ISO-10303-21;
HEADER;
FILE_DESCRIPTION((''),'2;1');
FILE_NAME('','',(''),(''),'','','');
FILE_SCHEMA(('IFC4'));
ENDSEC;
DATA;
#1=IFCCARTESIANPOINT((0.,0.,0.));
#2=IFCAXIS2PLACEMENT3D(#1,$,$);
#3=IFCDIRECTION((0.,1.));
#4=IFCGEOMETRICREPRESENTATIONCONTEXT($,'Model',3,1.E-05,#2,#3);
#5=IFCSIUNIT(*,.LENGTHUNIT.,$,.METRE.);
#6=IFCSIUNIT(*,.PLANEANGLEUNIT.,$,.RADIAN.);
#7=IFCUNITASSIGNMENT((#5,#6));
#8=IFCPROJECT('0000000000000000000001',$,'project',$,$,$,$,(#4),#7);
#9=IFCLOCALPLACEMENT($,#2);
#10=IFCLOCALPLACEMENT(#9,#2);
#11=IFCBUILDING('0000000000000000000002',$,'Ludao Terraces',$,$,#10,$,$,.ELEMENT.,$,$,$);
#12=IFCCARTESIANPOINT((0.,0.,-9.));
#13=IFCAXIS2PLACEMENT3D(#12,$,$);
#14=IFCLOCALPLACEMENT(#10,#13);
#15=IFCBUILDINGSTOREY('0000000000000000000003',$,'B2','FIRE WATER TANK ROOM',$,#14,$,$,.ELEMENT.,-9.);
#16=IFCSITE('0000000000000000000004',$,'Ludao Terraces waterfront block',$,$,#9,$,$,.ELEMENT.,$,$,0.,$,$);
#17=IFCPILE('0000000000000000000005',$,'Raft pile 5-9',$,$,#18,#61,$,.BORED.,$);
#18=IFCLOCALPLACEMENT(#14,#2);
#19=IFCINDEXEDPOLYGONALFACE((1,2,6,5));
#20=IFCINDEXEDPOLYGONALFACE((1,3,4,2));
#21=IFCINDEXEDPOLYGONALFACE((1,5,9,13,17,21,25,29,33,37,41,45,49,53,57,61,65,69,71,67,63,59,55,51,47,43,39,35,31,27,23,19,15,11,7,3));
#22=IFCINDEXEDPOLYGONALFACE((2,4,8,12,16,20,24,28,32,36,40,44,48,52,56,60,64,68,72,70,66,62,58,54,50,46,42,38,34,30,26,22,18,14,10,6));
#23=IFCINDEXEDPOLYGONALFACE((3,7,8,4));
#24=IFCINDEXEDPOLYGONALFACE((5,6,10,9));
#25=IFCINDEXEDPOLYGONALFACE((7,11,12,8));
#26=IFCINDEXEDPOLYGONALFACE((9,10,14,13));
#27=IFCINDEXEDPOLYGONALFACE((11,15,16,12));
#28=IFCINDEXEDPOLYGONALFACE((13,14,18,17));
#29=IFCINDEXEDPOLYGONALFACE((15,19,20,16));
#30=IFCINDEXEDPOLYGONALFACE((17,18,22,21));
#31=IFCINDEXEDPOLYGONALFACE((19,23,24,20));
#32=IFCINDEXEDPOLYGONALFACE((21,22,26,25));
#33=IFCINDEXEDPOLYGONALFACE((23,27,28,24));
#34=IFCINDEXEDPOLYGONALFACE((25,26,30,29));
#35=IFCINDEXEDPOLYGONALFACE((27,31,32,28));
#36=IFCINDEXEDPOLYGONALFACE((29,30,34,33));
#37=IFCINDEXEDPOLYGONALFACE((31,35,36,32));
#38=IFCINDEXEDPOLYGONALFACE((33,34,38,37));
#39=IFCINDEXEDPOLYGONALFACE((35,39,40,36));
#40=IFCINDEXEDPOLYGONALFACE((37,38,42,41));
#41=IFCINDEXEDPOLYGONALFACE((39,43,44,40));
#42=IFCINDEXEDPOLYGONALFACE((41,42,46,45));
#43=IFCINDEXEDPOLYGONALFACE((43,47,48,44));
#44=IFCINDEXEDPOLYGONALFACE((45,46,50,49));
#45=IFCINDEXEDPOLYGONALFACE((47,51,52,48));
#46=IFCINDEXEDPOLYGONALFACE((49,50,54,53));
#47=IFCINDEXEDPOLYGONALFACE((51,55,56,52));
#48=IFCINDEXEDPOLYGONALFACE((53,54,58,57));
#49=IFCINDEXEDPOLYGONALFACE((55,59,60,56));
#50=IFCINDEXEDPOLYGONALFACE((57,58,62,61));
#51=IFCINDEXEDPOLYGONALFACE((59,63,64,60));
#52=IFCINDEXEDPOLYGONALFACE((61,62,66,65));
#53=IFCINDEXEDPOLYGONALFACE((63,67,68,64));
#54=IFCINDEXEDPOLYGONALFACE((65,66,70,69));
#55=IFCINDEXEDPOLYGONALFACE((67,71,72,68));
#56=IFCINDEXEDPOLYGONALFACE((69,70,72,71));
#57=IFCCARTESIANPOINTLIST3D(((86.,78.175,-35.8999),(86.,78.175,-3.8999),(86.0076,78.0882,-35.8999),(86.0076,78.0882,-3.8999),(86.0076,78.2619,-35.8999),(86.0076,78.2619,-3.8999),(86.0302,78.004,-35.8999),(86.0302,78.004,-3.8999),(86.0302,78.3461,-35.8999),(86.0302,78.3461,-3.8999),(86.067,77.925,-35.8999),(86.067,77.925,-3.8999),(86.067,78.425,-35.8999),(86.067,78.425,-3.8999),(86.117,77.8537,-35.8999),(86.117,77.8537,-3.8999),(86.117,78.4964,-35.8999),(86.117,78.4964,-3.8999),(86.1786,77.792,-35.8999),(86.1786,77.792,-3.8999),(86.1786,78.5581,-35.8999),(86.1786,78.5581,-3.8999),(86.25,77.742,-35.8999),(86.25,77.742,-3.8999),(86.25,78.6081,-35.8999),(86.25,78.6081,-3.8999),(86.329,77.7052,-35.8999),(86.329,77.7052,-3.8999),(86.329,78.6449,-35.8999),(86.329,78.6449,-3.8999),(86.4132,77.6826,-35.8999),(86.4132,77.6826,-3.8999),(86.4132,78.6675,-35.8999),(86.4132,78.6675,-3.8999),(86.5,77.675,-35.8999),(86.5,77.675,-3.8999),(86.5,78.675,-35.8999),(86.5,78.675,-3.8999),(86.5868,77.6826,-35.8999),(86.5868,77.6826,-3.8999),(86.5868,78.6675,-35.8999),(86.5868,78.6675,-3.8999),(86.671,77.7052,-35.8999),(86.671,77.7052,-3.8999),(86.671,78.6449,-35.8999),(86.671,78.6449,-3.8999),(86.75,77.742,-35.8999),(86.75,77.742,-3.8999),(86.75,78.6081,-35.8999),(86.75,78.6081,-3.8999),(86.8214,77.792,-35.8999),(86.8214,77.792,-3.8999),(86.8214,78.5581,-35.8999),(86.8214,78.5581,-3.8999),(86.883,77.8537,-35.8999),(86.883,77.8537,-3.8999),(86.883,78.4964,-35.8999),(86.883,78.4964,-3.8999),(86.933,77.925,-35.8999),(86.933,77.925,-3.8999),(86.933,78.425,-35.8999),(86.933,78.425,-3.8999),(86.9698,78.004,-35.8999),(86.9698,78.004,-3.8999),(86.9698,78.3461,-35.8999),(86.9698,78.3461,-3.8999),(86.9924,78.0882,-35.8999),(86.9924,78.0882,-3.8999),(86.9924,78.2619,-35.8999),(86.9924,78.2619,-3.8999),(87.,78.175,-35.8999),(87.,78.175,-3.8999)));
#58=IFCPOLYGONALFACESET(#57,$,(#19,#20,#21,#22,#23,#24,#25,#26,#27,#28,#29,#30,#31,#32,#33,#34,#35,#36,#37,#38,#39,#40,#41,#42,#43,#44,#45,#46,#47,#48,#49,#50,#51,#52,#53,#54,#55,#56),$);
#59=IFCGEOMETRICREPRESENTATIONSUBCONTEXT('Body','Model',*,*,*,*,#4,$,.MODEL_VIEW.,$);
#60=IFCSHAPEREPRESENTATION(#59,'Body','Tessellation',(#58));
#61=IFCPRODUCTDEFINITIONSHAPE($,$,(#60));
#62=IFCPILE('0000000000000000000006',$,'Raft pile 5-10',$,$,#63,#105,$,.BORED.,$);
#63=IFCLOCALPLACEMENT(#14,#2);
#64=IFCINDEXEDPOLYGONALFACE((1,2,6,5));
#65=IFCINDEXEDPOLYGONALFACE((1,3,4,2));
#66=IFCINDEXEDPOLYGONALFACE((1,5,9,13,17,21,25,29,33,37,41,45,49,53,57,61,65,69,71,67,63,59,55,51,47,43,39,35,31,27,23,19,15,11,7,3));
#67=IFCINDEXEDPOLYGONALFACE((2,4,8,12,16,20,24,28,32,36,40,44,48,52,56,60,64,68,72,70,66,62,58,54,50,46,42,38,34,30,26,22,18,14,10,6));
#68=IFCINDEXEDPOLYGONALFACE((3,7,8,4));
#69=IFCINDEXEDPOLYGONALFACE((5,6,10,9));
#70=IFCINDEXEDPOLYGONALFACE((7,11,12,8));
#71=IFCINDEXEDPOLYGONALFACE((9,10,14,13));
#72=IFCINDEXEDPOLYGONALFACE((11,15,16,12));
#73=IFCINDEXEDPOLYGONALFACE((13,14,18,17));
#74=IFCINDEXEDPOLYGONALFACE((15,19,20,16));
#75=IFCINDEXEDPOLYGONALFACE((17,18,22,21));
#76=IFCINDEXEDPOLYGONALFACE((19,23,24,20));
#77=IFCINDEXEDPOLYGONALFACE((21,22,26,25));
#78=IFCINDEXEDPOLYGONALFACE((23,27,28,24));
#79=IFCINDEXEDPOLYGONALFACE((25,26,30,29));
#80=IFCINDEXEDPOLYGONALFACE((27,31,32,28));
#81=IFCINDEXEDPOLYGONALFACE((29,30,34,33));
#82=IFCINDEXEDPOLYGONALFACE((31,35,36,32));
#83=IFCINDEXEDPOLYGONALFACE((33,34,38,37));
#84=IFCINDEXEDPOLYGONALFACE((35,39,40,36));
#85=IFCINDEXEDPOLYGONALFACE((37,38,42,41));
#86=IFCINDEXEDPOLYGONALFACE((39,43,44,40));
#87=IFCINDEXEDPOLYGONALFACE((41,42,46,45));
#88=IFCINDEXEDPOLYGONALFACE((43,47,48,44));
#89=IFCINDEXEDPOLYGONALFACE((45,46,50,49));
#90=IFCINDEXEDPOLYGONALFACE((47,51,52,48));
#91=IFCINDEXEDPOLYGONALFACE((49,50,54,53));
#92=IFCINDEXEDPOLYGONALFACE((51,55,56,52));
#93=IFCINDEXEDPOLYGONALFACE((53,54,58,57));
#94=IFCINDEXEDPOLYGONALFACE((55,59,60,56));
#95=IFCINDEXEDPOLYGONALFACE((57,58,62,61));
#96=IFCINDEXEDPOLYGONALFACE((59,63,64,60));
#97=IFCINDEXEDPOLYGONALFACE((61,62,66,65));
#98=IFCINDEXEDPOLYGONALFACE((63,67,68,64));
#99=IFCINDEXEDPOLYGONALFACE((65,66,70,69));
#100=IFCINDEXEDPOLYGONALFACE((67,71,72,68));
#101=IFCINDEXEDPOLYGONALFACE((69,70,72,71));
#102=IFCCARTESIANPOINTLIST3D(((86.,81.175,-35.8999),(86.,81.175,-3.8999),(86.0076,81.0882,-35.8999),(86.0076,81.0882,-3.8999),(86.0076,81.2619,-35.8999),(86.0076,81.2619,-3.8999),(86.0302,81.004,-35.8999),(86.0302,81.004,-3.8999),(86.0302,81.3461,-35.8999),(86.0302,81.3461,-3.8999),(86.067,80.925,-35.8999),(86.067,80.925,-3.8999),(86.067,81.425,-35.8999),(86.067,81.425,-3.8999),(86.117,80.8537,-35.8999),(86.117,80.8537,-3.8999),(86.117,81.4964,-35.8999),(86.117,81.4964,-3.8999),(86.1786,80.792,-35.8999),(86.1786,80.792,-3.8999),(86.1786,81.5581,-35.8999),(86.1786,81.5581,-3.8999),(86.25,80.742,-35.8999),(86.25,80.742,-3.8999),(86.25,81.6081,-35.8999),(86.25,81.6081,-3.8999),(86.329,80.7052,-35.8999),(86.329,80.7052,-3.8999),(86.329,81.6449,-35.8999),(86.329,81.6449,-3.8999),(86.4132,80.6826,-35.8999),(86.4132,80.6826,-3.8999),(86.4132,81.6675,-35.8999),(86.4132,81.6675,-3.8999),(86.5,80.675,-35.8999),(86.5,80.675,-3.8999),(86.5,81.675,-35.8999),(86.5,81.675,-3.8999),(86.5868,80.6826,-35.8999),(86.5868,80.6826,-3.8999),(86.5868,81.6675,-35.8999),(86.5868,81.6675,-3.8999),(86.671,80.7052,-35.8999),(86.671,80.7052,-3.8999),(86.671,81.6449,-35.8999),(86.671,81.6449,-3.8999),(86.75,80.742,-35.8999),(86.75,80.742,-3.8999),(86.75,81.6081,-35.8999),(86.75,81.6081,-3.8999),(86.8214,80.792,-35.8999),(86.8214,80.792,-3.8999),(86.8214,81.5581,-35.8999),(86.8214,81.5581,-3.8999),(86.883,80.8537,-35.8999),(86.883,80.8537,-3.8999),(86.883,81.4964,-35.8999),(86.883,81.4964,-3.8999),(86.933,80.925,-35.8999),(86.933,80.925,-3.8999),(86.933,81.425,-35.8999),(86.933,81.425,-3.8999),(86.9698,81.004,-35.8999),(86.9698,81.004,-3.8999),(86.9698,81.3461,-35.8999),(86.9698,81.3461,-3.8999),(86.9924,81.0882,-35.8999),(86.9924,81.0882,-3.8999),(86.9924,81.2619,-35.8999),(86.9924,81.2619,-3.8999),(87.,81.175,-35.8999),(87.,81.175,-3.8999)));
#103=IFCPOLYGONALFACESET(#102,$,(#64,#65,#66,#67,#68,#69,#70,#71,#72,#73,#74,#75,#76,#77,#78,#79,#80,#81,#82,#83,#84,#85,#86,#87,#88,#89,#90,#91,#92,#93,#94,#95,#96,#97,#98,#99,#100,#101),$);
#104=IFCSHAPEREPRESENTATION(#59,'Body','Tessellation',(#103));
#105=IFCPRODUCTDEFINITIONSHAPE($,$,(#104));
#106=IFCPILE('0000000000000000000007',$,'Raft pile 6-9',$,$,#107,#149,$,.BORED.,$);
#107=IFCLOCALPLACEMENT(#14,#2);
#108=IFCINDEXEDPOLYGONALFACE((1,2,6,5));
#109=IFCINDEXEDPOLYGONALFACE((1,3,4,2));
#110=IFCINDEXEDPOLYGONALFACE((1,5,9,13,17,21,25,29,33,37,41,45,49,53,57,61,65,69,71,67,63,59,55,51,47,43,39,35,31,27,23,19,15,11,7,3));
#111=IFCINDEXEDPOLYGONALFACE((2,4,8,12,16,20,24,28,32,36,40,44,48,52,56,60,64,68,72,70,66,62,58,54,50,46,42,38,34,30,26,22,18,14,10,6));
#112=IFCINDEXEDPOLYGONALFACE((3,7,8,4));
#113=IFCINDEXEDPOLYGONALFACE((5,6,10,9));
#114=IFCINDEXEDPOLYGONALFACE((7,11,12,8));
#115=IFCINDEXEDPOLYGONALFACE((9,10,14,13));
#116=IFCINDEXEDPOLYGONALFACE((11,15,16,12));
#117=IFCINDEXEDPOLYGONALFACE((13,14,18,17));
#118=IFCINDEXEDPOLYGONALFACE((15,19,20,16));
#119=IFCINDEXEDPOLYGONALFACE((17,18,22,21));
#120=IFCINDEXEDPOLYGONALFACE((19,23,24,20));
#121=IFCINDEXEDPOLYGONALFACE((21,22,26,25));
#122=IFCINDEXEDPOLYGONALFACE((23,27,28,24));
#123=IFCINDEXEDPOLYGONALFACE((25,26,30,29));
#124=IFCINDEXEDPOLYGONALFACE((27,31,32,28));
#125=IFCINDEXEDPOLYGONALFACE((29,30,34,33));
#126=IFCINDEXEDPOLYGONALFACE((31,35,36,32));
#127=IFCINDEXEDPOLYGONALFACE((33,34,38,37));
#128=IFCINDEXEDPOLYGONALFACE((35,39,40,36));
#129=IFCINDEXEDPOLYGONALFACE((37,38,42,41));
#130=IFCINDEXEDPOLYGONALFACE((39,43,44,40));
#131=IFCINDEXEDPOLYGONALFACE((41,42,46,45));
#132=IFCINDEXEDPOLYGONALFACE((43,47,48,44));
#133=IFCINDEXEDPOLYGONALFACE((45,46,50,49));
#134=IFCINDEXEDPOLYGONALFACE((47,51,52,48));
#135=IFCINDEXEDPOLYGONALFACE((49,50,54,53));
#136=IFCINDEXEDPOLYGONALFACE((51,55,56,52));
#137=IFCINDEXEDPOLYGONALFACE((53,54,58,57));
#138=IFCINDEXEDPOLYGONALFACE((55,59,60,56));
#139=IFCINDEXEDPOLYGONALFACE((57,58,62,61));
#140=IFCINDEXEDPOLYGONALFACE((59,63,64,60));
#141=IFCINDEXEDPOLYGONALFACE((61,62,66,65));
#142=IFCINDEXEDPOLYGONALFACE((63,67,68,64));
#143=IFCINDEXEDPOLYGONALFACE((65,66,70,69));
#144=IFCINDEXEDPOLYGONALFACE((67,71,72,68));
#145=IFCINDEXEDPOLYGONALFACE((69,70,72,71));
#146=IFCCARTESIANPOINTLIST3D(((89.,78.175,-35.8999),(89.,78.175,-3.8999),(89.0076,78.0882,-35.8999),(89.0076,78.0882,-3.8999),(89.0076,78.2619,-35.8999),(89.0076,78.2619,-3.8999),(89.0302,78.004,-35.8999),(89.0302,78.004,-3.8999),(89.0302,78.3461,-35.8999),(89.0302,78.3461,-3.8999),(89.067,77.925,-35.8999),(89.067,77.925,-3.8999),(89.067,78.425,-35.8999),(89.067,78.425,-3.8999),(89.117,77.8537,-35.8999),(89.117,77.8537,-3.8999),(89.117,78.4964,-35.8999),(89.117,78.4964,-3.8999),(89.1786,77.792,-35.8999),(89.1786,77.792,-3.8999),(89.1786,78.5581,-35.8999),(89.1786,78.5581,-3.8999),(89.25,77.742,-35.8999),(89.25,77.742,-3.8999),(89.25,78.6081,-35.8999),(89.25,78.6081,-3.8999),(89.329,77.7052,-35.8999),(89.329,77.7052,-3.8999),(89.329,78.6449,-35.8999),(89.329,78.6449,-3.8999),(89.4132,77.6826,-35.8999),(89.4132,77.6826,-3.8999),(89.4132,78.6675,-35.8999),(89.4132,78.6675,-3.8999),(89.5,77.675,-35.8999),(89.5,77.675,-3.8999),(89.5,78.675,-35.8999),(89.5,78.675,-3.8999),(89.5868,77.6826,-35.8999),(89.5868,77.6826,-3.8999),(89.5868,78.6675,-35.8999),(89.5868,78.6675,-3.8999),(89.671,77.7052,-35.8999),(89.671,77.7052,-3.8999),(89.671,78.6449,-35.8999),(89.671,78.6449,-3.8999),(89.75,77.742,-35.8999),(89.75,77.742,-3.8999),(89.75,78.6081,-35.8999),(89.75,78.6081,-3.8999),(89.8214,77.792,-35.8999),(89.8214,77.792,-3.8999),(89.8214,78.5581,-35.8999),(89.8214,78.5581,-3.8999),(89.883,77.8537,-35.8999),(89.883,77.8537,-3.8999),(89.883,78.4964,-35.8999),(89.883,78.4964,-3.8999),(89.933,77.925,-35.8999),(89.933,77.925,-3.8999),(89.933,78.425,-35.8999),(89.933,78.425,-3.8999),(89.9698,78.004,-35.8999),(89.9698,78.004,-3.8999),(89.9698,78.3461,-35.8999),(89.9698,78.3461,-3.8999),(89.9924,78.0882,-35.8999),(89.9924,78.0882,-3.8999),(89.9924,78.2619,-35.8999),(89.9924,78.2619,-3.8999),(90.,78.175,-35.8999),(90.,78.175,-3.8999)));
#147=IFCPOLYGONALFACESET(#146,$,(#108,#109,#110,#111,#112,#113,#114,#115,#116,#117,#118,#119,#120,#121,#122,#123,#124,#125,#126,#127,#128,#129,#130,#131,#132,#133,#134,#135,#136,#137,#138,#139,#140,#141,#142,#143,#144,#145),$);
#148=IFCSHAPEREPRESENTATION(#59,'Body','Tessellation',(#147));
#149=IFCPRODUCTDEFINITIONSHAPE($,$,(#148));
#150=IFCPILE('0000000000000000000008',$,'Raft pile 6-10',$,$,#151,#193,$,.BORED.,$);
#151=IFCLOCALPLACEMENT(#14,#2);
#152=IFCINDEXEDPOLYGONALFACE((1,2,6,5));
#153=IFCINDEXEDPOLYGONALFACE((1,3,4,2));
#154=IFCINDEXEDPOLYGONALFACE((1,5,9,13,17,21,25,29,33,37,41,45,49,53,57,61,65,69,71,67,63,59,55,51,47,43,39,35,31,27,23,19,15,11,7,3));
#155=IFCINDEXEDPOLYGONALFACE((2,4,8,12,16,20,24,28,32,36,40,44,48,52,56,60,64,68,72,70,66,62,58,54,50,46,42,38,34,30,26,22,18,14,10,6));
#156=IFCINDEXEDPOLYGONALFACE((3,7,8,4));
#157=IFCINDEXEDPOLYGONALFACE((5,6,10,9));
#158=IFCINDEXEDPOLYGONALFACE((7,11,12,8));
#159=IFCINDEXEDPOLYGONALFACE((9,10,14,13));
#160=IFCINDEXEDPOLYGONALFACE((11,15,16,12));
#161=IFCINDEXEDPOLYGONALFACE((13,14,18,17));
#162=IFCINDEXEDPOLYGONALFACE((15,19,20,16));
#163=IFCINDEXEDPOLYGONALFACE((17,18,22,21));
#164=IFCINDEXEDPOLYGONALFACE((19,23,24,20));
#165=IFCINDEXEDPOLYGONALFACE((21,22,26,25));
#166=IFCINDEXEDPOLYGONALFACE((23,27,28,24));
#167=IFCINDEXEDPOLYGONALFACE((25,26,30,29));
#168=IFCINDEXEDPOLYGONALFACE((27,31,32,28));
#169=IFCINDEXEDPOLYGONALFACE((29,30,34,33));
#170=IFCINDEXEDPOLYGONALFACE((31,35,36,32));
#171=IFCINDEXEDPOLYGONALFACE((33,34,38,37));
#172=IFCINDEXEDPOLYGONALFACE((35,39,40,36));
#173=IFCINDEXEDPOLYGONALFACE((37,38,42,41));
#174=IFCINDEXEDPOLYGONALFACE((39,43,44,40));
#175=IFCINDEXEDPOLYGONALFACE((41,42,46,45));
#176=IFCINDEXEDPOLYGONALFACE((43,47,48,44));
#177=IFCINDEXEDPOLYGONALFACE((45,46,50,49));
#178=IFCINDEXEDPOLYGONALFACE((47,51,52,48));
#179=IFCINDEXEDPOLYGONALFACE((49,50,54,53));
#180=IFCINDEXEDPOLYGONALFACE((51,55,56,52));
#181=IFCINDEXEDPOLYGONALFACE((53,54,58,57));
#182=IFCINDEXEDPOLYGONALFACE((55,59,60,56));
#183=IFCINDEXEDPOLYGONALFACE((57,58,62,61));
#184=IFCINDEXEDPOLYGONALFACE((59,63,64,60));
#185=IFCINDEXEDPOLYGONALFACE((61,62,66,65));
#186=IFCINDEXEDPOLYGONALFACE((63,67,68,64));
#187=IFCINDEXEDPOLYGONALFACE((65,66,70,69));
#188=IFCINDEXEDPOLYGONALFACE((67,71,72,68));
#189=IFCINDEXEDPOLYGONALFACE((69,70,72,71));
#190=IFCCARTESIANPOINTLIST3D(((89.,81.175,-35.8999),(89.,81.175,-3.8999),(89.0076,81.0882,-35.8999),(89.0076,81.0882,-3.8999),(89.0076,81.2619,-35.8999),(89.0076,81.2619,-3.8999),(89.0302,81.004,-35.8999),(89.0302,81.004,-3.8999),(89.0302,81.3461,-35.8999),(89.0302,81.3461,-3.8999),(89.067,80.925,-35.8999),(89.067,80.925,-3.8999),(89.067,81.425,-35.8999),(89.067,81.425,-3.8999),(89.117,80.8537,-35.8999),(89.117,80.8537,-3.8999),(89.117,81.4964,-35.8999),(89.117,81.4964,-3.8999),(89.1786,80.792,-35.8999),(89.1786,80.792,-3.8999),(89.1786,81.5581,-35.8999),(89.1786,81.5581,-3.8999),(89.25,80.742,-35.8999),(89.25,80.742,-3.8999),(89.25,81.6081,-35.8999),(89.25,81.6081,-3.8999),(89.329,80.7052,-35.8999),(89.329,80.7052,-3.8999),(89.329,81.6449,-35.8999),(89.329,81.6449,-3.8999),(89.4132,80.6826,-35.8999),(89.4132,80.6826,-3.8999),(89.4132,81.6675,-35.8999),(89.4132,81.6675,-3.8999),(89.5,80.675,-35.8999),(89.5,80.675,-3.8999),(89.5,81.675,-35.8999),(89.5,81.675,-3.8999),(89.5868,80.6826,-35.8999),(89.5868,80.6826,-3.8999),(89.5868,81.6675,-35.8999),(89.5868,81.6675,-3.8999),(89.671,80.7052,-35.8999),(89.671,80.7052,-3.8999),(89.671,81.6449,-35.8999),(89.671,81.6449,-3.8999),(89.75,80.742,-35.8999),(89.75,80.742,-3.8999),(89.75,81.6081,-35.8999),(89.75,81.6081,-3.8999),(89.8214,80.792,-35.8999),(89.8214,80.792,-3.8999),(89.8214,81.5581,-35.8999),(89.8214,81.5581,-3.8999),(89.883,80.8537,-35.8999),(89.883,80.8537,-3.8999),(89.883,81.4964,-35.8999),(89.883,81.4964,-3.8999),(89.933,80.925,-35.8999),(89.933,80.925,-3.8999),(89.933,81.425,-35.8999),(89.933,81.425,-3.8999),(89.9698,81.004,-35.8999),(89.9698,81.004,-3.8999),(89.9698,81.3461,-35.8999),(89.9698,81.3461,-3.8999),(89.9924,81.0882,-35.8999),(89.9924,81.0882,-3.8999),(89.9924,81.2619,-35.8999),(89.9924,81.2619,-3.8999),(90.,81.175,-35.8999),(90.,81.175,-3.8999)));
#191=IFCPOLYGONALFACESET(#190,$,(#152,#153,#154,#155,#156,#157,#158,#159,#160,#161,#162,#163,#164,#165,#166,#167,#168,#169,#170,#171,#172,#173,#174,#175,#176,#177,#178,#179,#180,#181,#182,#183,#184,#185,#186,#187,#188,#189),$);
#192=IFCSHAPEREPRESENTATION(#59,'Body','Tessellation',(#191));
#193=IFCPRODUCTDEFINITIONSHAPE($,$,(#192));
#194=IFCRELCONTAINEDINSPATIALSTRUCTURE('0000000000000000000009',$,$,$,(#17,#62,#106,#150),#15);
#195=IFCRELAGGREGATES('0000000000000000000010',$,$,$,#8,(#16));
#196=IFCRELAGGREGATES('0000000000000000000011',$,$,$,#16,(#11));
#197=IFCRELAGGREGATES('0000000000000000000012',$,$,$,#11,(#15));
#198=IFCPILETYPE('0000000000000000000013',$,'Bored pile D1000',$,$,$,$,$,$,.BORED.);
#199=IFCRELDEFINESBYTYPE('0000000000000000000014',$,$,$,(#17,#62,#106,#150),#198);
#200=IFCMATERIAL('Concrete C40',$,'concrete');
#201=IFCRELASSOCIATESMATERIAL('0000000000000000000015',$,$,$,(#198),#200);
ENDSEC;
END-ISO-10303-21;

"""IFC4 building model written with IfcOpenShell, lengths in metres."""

from ifc_helpers import new_model, si_unit, direction, frame, origin, origin_2d, place, context, subcontext, project, spatial, circle, extrude, material, material_profile, profile_set, type_object, element, save


model = new_model("IFC4")

# Units and contexts
model_context = context("Model", 3, precision=1e-05, world=origin(), true_north=direction((0.0, 1.0)))
body_context = subcontext(model_context, "Body", "Model", "MODEL_VIEW")
ifc_project = project(units=[si_unit("LENGTHUNIT", "METRE"), si_unit("PLANEANGLEUNIT", "RADIAN")], contexts=[model_context])

# Site, building, storey
site_placement = place(None, origin())
site = spatial("IfcSite", under=ifc_project, at=site_placement, Name="Ludao Terraces waterfront block", CompositionType="ELEMENT", RefElevation=0.0)
building_placement = place(site_placement, origin())
building = spatial("IfcBuilding", under=site, at=building_placement, Name="Ludao Terraces", CompositionType="ELEMENT")
storey_placement = place(building_placement, frame((0.0, 0.0, -9.0)))
storey = spatial("IfcBuildingStorey", under=building, at=storey_placement, Name="B2", Description="FIRE WATER TANK ROOM", CompositionType="ELEMENT", Elevation=-9.0)

# Piles
ifc_material_1 = material(Name="Concrete C40", Category="concrete")
ifc_material_profile = material_profile(ifc_material_1, circle(Radius=0.5, at=origin_2d()), Name="D1000 BORED PILE")
ifc_profile_set = profile_set([ifc_material_profile], Name="Concrete C40")
pile_type = type_object("IfcPileType", Name="Bored pile D1000", PredefinedType="BORED", material=ifc_profile_set)
for number, where, z_axis, x_axis, name in (
    (1, (86.5, 78.175, -3.8999), (0.0, 0.0, -1.0), (1.0, 0.0, 0.0), "Raft pile 5-9"),
    (2, (86.5, 81.175, -3.8999), (0.0, 0.0, -1.0), (1.0, 0.0, 0.0), "Raft pile 5-10"),
    (3, (89.5, 78.175, -3.8999), (0.0, 0.0, -1.0), (1.0, 0.0, 0.0), "Raft pile 6-9"),
    (4, (89.5, 81.175, -3.8999), (0.0, 0.0, -1.0), (1.0, 0.0, 0.0), "Raft pile 6-10"),
):
    element("IfcPile", number, at=place(storey_placement, frame(where, z_axis=z_axis, x_axis=x_axis)), inside=storey, type_object=pile_type, Name=name, PredefinedType="BORED", context=body_context, shape_type="SweptSolid", body=[
        extrude(circle(Radius=0.5, at=origin_2d()), origin(), (0.0, 0.0, 1.0), 32.0),
    ])

save(model, "model.ifc")
